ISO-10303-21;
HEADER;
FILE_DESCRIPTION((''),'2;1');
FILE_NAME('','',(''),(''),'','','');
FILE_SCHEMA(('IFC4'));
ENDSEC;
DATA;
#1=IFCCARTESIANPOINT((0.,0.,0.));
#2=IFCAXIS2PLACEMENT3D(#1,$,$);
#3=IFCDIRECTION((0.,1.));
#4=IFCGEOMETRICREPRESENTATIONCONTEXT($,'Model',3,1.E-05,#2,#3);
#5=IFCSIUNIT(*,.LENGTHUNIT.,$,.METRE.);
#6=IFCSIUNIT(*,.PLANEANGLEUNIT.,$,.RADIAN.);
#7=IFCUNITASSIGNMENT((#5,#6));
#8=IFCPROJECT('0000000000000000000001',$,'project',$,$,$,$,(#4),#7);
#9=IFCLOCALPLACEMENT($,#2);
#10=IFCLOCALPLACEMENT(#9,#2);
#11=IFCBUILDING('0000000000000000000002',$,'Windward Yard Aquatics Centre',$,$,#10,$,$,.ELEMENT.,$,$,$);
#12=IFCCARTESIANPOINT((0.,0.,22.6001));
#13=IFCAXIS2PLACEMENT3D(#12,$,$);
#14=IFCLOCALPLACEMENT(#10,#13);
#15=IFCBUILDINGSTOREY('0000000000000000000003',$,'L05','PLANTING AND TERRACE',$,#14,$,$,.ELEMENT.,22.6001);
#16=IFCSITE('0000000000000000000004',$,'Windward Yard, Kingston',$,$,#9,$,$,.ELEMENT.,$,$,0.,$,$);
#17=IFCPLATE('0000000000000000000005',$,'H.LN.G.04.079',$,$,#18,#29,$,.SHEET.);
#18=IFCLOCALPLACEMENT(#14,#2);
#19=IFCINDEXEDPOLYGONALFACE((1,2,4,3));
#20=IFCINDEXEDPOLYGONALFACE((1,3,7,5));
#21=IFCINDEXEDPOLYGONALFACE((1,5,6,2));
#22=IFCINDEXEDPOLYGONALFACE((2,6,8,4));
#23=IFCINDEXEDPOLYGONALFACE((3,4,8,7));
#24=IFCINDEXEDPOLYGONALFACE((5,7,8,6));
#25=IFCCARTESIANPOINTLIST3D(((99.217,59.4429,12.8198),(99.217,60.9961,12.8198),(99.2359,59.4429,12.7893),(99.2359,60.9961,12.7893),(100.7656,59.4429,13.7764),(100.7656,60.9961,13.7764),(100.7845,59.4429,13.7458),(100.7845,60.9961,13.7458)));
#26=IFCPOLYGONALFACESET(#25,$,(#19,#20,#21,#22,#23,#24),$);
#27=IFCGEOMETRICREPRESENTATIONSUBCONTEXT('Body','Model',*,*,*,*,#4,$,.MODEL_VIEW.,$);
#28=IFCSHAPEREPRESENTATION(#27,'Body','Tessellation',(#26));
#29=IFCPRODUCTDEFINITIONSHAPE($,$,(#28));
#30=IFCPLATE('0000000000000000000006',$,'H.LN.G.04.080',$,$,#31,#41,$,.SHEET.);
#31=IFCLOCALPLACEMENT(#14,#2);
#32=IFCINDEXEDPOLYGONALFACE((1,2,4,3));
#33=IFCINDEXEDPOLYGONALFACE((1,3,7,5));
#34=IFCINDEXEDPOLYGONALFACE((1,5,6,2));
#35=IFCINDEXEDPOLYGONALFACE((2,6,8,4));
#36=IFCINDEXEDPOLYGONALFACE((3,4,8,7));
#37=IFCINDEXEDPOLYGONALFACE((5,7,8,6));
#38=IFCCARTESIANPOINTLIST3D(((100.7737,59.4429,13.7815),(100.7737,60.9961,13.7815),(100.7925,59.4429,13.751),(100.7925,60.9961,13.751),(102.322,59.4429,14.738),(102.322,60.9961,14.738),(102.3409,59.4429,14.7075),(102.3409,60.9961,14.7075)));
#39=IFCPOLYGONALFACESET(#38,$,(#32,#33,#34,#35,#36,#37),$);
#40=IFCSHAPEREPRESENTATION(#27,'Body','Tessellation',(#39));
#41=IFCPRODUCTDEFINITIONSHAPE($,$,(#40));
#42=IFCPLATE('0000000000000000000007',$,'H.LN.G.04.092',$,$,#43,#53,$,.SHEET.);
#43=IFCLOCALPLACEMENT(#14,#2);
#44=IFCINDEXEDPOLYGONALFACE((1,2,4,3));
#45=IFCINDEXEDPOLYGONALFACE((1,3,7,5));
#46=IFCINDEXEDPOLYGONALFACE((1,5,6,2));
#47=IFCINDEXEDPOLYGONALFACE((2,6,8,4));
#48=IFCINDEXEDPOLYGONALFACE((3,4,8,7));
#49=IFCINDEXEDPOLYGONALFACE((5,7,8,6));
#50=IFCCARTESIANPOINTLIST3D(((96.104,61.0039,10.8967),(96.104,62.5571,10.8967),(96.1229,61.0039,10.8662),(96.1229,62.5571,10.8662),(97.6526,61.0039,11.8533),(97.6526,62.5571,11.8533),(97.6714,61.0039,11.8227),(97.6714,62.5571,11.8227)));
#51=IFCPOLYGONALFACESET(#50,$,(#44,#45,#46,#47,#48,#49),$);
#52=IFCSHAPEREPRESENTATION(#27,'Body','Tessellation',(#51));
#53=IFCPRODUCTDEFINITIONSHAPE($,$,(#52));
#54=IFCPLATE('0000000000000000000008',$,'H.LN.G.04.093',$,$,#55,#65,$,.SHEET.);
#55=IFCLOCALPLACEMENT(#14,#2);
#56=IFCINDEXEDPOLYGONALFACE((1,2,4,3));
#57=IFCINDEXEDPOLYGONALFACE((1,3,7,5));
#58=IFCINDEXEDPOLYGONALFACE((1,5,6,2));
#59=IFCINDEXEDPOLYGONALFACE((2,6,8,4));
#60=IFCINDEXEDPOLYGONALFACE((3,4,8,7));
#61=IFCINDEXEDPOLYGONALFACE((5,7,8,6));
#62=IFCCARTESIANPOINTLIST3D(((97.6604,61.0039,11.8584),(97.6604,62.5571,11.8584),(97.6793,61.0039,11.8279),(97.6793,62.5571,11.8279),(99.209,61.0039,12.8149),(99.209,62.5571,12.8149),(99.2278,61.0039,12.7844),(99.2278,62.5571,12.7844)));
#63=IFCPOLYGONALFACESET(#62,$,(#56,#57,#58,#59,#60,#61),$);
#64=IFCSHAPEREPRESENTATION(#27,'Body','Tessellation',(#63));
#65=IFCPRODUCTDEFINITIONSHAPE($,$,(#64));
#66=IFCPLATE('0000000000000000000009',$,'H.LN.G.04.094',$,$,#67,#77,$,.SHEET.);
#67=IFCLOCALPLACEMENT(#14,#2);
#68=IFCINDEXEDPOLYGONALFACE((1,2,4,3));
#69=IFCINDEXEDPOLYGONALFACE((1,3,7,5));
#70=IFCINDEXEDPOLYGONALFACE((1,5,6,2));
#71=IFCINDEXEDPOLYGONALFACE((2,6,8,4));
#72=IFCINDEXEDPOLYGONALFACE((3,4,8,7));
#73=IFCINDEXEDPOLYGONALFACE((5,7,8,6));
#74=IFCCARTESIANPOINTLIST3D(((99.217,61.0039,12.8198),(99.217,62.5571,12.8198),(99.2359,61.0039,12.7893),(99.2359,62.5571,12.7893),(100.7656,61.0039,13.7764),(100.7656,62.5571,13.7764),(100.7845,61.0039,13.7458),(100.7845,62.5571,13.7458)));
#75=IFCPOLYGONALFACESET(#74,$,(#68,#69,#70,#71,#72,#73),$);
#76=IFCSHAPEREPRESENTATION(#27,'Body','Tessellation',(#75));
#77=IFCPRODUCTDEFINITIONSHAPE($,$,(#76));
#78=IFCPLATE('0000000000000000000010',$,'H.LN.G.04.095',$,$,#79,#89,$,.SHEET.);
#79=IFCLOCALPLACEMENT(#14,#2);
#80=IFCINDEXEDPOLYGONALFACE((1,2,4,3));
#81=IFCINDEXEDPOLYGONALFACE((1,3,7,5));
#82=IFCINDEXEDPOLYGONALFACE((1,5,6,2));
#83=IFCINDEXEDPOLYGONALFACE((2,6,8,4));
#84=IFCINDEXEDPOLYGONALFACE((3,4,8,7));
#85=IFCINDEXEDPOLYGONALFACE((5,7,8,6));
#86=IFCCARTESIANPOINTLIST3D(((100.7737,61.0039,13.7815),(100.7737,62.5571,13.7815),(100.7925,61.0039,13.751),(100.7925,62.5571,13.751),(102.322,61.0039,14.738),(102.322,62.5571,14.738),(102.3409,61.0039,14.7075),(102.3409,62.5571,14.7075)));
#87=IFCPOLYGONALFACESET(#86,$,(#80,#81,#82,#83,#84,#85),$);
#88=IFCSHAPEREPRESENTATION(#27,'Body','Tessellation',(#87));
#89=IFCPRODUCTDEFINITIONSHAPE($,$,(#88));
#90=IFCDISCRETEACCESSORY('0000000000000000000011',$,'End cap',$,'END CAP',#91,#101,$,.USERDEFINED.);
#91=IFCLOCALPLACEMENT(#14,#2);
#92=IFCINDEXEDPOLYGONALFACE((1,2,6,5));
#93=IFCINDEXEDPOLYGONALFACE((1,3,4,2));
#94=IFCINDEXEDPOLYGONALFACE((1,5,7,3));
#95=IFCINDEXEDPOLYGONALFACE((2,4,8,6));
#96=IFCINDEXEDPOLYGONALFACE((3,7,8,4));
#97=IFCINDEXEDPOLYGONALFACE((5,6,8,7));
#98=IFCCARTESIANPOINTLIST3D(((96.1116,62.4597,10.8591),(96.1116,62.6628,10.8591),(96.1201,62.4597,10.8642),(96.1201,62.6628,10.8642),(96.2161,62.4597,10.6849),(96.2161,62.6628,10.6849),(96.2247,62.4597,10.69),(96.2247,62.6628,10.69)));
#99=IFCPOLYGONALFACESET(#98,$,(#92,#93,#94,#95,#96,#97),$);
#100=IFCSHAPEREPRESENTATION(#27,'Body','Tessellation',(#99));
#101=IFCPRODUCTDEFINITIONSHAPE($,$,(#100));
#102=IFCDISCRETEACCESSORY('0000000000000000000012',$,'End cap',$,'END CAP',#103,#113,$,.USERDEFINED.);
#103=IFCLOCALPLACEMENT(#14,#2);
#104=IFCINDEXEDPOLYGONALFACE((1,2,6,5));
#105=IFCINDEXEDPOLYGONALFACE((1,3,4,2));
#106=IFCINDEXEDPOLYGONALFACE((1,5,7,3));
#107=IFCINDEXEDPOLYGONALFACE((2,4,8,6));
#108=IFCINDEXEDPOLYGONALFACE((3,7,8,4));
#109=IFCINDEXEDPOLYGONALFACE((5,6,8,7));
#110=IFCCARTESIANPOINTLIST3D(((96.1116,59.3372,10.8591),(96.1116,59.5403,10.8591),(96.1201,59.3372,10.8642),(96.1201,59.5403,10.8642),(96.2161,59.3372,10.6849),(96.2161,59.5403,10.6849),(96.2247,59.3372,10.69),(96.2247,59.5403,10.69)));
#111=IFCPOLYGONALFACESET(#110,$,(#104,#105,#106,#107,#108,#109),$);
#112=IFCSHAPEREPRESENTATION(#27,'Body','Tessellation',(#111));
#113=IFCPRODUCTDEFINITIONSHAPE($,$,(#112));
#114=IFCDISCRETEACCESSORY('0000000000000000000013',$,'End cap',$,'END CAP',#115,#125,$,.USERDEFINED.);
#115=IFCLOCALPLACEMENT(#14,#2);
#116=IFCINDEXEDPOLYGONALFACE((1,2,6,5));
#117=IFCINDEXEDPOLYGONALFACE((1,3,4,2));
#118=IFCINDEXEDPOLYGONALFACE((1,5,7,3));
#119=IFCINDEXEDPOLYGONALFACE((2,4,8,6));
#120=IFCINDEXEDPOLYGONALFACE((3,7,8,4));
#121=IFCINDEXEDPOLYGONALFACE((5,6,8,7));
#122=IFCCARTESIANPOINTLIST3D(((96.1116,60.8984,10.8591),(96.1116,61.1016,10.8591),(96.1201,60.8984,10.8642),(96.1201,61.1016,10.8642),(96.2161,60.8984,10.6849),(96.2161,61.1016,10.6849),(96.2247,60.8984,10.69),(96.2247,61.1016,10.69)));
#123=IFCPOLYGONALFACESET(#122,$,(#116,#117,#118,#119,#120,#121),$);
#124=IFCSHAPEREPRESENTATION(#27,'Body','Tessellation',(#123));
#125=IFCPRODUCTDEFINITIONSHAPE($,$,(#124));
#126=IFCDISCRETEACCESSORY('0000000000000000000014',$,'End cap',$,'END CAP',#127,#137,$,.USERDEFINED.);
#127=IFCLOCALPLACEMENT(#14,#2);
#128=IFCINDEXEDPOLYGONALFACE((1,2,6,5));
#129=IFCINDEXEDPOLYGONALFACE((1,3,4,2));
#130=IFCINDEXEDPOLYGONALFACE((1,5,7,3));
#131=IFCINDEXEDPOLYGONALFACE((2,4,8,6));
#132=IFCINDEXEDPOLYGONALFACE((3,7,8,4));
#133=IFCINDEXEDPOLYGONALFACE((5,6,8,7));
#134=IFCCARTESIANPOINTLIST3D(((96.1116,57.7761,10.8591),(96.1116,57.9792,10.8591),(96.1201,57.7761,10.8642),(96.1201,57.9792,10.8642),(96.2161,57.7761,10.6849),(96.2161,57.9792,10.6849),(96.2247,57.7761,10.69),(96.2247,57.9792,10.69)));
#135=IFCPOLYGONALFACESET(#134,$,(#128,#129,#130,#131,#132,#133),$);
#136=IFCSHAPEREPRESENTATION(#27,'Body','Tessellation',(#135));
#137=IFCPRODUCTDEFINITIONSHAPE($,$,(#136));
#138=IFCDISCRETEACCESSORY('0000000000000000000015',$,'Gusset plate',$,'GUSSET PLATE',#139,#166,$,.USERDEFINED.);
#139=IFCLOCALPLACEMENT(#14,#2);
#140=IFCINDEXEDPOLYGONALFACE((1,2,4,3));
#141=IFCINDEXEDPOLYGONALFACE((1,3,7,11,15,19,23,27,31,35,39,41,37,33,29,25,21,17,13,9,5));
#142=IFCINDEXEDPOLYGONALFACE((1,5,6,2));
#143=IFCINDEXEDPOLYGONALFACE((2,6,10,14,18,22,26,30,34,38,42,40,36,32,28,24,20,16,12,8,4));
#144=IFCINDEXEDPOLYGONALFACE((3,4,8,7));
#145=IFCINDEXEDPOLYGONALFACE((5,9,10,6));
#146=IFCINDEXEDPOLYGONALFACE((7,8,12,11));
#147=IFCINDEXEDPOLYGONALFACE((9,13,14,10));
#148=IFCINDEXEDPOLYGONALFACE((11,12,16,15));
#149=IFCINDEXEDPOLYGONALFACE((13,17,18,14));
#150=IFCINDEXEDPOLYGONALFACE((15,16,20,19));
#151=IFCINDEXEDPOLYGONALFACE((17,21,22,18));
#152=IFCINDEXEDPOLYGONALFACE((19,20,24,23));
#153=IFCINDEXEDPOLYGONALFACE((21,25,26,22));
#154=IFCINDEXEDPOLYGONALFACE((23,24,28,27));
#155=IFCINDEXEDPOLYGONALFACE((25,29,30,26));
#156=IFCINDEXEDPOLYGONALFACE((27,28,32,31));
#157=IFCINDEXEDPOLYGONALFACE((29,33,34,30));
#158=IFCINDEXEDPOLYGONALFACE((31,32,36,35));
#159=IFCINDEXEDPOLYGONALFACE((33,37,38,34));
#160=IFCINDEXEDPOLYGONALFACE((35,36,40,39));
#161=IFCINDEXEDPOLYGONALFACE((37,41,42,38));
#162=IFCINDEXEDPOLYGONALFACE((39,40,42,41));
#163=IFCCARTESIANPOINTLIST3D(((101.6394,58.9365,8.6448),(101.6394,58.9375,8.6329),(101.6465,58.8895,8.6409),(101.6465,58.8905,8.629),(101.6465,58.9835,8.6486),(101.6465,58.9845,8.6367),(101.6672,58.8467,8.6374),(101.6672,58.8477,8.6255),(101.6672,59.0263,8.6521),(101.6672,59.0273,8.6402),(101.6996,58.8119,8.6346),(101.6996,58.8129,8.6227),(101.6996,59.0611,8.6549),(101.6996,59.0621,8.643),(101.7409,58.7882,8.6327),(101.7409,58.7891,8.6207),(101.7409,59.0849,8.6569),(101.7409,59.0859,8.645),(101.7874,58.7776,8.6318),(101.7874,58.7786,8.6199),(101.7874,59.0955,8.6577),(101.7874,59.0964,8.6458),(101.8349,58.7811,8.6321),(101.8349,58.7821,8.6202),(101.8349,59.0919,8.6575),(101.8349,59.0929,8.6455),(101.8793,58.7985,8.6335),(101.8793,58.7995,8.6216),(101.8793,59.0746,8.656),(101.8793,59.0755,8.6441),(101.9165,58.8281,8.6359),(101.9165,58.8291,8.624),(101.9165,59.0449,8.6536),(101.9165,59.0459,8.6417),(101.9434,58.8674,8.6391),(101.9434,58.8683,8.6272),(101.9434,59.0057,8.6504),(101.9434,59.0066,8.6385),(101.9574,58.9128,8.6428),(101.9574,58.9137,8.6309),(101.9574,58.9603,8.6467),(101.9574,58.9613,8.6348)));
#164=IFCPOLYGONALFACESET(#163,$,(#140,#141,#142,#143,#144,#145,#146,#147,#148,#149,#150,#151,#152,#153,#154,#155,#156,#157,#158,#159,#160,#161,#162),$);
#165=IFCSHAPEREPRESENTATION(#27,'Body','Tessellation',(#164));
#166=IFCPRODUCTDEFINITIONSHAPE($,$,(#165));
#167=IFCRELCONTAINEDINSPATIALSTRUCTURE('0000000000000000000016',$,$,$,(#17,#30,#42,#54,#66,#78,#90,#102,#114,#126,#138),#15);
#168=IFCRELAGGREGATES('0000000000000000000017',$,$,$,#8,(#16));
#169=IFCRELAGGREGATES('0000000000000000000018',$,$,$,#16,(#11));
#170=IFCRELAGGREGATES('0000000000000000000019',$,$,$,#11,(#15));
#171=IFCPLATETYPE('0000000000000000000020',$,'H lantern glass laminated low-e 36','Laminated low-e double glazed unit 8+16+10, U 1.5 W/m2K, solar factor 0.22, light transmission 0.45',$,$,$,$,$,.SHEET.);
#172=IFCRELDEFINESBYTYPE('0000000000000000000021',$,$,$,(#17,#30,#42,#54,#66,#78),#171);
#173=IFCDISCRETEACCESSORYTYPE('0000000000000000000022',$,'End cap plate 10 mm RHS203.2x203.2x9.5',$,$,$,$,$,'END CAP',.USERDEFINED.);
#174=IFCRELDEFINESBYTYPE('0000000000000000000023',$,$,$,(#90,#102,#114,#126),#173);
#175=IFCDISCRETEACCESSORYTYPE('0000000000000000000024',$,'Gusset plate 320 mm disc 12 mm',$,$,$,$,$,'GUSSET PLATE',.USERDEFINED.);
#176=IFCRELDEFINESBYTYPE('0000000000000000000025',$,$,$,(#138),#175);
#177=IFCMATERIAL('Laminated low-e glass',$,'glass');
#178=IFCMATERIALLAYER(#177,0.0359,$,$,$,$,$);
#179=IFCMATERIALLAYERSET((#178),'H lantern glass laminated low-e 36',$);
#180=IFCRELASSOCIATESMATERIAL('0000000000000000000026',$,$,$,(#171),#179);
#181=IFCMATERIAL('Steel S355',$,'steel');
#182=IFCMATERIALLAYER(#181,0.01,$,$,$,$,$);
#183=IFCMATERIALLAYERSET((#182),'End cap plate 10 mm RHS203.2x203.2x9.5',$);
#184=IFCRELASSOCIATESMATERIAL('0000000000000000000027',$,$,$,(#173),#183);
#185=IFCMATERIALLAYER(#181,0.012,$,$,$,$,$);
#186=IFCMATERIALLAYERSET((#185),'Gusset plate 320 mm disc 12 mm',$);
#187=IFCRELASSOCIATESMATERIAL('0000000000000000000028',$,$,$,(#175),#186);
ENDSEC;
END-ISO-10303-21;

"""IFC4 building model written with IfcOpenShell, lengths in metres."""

from ifc_helpers import new_model, si_unit, direction, frame, origin, origin_2d, place, context, subcontext, project, spatial, polyline, rectangle, circle, outline, extrude, material, layer, layer_set, type_object, element, save


model = new_model("IFC4")

# Units and contexts
model_context = context("Model", 3, precision=1e-05, world=origin(), true_north=direction((0.0, 1.0)))
body_context = subcontext(model_context, "Body", "Model", "MODEL_VIEW")
ifc_project = project(units=[si_unit("LENGTHUNIT", "METRE"), si_unit("PLANEANGLEUNIT", "RADIAN")], contexts=[model_context])

# Site, building, storey
site_placement = place(None, origin())
site = spatial("IfcSite", under=ifc_project, at=site_placement, Name="Windward Yard, Kingston", CompositionType="ELEMENT", RefElevation=0.0)
building_placement = place(site_placement, origin())
building = spatial("IfcBuilding", under=site, at=building_placement, Name="Windward Yard Aquatics Centre", CompositionType="ELEMENT")
storey_placement = place(building_placement, frame((0.0, 0.0, 22.6001)))
storey = spatial("IfcBuildingStorey", under=building, at=storey_placement, Name="L05", Description="PLANTING AND TERRACE", CompositionType="ELEMENT", Elevation=22.6001)

# Plates
ifc_material_1 = material(Name="Laminated low-e glass", Category="glass")
ifc_layer_1 = layer(ifc_material_1, 0.0359)
ifc_layer_set_1 = layer_set([ifc_layer_1], Name="H lantern glass laminated low-e 36")
plate_type = type_object("IfcPlateType", Name="H lantern glass laminated low-e 36", Description="Laminated low-e double glazed unit 8+16+10, U 1.5 W/m2K, solar factor 0.22, light transmission 0.45", PredefinedType="SHEET", material=ifc_layer_set_1)
for number, where, z_axis, x_axis, name in (
    (1, (99.217, 59.4429, 12.8198), (-0.525519, 0.0, 0.850782), (0.0, 1.0, 0.0), "H.LN.G.04.079"),
):
    element("IfcPlate", number, at=place(storey_placement, frame(where, z_axis=z_axis, x_axis=x_axis)), inside=storey, type_object=plate_type, Name=name, PredefinedType="SHEET", context=body_context, shape_type="SweptSolid", body=[
        extrude(outline(polyline([(0.0, 0.0), (1.5532, 0.0), (1.5532, -1.8202), (0.0, -1.8202), (0.0, 0.0)])), origin(), (0.0, 0.0, -1.0), 0.0359),
    ])
plate_1_placement = place(storey_placement, frame((100.7737, 59.4429, 13.7815), z_axis=(-0.525579, 0.0, 0.850745), x_axis=(0.0, 1.0, 0.0)))
element("IfcPlate", 2, at=plate_1_placement, inside=storey, type_object=plate_type, Name="H.LN.G.04.080", PredefinedType="SHEET", context=body_context, shape_type="SweptSolid", body=[
    extrude(outline(polyline([(0.0, 0.0), (1.5532, 0.0), (1.5532, -1.82), (0.0, -1.82), (0.0, 0.0)])), origin(), (0.0, 0.0, -1.0), 0.0359),
])
for number, where, z_axis, x_axis, name in (
    (3, (96.104, 61.0039, 10.8967), (-0.525519, 0.0, 0.850782), (0.0, 1.0, 0.0), "H.LN.G.04.092"),
    (4, (97.6604, 61.0039, 11.8584), (-0.525519, 0.0, 0.850782), (0.0, 1.0, 0.0), "H.LN.G.04.093"),
    (5, (99.217, 61.0039, 12.8198), (-0.525519, 0.0, 0.850782), (0.0, 1.0, 0.0), "H.LN.G.04.094"),
):
    element("IfcPlate", number, at=place(storey_placement, frame(where, z_axis=z_axis, x_axis=x_axis)), inside=storey, type_object=plate_type, Name=name, PredefinedType="SHEET", context=body_context, shape_type="SweptSolid", body=[
        extrude(outline(polyline([(0.0, 0.0), (1.5532, 0.0), (1.5532, -1.8202), (0.0, -1.8202), (0.0, 0.0)])), origin(), (0.0, 0.0, -1.0), 0.0359),
    ])
plate_2_placement = place(storey_placement, frame((100.7737, 61.0039, 13.7815), z_axis=(-0.525579, 0.0, 0.850745), x_axis=(0.0, 1.0, 0.0)))
element("IfcPlate", 6, at=plate_2_placement, inside=storey, type_object=plate_type, Name="H.LN.G.04.095", PredefinedType="SHEET", context=body_context, shape_type="SweptSolid", body=[
    extrude(outline(polyline([(0.0, 0.0), (1.5532, 0.0), (1.5532, -1.82), (0.0, -1.82), (0.0, 0.0)])), origin(), (0.0, 0.0, -1.0), 0.0359),
])

# Discrete accessories
ifc_material_2 = material(Name="Steel S355", Category="steel")
ifc_layer_2 = layer(ifc_material_2, 0.01)
ifc_layer_set_2 = layer_set([ifc_layer_2], Name="End cap plate 10 mm RHS203.2x203.2x9.5")
discrete_accessory_type_1 = type_object("IfcDiscreteAccessoryType", Name="End cap plate 10 mm RHS203.2x203.2x9.5", ElementType="END CAP", PredefinedType="USERDEFINED", material=ifc_layer_set_2)
for number, where, z_axis, x_axis, name in (
    (7, (96.1638, 62.5613, 10.772), (0.857493, 0.0, 0.514496), (0.0, 1.0, 0.0), "End cap"),
    (8, (96.1638, 59.4387, 10.772), (0.857493, 0.0, 0.514496), (0.0, 1.0, 0.0), "End cap"),
    (9, (96.1638, 61.0, 10.772), (0.857493, 0.0, 0.514496), (0.0, 1.0, 0.0), "End cap"),
    (10, (96.1638, 57.8777, 10.772), (0.857493, 0.0, 0.514496), (0.0, 1.0, 0.0), "End cap"),
):
    element("IfcDiscreteAccessory", number, at=place(storey_placement, frame(where, z_axis=z_axis, x_axis=x_axis)), inside=storey, type_object=discrete_accessory_type_1, Name=name, ObjectType="END CAP", PredefinedType="USERDEFINED", context=body_context, shape_type="SweptSolid", body=[
        extrude(rectangle(XDim=0.2031, YDim=0.2031, at=origin_2d()), origin(), (0.0, 0.0, 1.0), 0.01),
    ])
ifc_layer_3 = layer(ifc_material_2, 0.012)
ifc_layer_set_3 = layer_set([ifc_layer_3], Name="Gusset plate 320 mm disc 12 mm")
discrete_accessory_type_2 = type_object("IfcDiscreteAccessoryType", Name="Gusset plate 320 mm disc 12 mm", ElementType="GUSSET PLATE", PredefinedType="USERDEFINED", material=ifc_layer_set_3)
discrete_accessory_placement = place(storey_placement, frame((101.7993, 58.9365, 8.6448), z_axis=(0.0, 0.081362, -0.996685), x_axis=(-1.0, 0.0, 0.0)))
element("IfcDiscreteAccessory", 11, at=discrete_accessory_placement, inside=storey, type_object=discrete_accessory_type_2, Name="Gusset plate", ObjectType="GUSSET PLATE", PredefinedType="USERDEFINED", context=body_context, shape_type="SweptSolid", body=[
    extrude(circle(Radius=0.1599, at=origin_2d()), origin(), (0.0, 0.0, 1.0), 0.012),
])

save(model, "model.ifc")
